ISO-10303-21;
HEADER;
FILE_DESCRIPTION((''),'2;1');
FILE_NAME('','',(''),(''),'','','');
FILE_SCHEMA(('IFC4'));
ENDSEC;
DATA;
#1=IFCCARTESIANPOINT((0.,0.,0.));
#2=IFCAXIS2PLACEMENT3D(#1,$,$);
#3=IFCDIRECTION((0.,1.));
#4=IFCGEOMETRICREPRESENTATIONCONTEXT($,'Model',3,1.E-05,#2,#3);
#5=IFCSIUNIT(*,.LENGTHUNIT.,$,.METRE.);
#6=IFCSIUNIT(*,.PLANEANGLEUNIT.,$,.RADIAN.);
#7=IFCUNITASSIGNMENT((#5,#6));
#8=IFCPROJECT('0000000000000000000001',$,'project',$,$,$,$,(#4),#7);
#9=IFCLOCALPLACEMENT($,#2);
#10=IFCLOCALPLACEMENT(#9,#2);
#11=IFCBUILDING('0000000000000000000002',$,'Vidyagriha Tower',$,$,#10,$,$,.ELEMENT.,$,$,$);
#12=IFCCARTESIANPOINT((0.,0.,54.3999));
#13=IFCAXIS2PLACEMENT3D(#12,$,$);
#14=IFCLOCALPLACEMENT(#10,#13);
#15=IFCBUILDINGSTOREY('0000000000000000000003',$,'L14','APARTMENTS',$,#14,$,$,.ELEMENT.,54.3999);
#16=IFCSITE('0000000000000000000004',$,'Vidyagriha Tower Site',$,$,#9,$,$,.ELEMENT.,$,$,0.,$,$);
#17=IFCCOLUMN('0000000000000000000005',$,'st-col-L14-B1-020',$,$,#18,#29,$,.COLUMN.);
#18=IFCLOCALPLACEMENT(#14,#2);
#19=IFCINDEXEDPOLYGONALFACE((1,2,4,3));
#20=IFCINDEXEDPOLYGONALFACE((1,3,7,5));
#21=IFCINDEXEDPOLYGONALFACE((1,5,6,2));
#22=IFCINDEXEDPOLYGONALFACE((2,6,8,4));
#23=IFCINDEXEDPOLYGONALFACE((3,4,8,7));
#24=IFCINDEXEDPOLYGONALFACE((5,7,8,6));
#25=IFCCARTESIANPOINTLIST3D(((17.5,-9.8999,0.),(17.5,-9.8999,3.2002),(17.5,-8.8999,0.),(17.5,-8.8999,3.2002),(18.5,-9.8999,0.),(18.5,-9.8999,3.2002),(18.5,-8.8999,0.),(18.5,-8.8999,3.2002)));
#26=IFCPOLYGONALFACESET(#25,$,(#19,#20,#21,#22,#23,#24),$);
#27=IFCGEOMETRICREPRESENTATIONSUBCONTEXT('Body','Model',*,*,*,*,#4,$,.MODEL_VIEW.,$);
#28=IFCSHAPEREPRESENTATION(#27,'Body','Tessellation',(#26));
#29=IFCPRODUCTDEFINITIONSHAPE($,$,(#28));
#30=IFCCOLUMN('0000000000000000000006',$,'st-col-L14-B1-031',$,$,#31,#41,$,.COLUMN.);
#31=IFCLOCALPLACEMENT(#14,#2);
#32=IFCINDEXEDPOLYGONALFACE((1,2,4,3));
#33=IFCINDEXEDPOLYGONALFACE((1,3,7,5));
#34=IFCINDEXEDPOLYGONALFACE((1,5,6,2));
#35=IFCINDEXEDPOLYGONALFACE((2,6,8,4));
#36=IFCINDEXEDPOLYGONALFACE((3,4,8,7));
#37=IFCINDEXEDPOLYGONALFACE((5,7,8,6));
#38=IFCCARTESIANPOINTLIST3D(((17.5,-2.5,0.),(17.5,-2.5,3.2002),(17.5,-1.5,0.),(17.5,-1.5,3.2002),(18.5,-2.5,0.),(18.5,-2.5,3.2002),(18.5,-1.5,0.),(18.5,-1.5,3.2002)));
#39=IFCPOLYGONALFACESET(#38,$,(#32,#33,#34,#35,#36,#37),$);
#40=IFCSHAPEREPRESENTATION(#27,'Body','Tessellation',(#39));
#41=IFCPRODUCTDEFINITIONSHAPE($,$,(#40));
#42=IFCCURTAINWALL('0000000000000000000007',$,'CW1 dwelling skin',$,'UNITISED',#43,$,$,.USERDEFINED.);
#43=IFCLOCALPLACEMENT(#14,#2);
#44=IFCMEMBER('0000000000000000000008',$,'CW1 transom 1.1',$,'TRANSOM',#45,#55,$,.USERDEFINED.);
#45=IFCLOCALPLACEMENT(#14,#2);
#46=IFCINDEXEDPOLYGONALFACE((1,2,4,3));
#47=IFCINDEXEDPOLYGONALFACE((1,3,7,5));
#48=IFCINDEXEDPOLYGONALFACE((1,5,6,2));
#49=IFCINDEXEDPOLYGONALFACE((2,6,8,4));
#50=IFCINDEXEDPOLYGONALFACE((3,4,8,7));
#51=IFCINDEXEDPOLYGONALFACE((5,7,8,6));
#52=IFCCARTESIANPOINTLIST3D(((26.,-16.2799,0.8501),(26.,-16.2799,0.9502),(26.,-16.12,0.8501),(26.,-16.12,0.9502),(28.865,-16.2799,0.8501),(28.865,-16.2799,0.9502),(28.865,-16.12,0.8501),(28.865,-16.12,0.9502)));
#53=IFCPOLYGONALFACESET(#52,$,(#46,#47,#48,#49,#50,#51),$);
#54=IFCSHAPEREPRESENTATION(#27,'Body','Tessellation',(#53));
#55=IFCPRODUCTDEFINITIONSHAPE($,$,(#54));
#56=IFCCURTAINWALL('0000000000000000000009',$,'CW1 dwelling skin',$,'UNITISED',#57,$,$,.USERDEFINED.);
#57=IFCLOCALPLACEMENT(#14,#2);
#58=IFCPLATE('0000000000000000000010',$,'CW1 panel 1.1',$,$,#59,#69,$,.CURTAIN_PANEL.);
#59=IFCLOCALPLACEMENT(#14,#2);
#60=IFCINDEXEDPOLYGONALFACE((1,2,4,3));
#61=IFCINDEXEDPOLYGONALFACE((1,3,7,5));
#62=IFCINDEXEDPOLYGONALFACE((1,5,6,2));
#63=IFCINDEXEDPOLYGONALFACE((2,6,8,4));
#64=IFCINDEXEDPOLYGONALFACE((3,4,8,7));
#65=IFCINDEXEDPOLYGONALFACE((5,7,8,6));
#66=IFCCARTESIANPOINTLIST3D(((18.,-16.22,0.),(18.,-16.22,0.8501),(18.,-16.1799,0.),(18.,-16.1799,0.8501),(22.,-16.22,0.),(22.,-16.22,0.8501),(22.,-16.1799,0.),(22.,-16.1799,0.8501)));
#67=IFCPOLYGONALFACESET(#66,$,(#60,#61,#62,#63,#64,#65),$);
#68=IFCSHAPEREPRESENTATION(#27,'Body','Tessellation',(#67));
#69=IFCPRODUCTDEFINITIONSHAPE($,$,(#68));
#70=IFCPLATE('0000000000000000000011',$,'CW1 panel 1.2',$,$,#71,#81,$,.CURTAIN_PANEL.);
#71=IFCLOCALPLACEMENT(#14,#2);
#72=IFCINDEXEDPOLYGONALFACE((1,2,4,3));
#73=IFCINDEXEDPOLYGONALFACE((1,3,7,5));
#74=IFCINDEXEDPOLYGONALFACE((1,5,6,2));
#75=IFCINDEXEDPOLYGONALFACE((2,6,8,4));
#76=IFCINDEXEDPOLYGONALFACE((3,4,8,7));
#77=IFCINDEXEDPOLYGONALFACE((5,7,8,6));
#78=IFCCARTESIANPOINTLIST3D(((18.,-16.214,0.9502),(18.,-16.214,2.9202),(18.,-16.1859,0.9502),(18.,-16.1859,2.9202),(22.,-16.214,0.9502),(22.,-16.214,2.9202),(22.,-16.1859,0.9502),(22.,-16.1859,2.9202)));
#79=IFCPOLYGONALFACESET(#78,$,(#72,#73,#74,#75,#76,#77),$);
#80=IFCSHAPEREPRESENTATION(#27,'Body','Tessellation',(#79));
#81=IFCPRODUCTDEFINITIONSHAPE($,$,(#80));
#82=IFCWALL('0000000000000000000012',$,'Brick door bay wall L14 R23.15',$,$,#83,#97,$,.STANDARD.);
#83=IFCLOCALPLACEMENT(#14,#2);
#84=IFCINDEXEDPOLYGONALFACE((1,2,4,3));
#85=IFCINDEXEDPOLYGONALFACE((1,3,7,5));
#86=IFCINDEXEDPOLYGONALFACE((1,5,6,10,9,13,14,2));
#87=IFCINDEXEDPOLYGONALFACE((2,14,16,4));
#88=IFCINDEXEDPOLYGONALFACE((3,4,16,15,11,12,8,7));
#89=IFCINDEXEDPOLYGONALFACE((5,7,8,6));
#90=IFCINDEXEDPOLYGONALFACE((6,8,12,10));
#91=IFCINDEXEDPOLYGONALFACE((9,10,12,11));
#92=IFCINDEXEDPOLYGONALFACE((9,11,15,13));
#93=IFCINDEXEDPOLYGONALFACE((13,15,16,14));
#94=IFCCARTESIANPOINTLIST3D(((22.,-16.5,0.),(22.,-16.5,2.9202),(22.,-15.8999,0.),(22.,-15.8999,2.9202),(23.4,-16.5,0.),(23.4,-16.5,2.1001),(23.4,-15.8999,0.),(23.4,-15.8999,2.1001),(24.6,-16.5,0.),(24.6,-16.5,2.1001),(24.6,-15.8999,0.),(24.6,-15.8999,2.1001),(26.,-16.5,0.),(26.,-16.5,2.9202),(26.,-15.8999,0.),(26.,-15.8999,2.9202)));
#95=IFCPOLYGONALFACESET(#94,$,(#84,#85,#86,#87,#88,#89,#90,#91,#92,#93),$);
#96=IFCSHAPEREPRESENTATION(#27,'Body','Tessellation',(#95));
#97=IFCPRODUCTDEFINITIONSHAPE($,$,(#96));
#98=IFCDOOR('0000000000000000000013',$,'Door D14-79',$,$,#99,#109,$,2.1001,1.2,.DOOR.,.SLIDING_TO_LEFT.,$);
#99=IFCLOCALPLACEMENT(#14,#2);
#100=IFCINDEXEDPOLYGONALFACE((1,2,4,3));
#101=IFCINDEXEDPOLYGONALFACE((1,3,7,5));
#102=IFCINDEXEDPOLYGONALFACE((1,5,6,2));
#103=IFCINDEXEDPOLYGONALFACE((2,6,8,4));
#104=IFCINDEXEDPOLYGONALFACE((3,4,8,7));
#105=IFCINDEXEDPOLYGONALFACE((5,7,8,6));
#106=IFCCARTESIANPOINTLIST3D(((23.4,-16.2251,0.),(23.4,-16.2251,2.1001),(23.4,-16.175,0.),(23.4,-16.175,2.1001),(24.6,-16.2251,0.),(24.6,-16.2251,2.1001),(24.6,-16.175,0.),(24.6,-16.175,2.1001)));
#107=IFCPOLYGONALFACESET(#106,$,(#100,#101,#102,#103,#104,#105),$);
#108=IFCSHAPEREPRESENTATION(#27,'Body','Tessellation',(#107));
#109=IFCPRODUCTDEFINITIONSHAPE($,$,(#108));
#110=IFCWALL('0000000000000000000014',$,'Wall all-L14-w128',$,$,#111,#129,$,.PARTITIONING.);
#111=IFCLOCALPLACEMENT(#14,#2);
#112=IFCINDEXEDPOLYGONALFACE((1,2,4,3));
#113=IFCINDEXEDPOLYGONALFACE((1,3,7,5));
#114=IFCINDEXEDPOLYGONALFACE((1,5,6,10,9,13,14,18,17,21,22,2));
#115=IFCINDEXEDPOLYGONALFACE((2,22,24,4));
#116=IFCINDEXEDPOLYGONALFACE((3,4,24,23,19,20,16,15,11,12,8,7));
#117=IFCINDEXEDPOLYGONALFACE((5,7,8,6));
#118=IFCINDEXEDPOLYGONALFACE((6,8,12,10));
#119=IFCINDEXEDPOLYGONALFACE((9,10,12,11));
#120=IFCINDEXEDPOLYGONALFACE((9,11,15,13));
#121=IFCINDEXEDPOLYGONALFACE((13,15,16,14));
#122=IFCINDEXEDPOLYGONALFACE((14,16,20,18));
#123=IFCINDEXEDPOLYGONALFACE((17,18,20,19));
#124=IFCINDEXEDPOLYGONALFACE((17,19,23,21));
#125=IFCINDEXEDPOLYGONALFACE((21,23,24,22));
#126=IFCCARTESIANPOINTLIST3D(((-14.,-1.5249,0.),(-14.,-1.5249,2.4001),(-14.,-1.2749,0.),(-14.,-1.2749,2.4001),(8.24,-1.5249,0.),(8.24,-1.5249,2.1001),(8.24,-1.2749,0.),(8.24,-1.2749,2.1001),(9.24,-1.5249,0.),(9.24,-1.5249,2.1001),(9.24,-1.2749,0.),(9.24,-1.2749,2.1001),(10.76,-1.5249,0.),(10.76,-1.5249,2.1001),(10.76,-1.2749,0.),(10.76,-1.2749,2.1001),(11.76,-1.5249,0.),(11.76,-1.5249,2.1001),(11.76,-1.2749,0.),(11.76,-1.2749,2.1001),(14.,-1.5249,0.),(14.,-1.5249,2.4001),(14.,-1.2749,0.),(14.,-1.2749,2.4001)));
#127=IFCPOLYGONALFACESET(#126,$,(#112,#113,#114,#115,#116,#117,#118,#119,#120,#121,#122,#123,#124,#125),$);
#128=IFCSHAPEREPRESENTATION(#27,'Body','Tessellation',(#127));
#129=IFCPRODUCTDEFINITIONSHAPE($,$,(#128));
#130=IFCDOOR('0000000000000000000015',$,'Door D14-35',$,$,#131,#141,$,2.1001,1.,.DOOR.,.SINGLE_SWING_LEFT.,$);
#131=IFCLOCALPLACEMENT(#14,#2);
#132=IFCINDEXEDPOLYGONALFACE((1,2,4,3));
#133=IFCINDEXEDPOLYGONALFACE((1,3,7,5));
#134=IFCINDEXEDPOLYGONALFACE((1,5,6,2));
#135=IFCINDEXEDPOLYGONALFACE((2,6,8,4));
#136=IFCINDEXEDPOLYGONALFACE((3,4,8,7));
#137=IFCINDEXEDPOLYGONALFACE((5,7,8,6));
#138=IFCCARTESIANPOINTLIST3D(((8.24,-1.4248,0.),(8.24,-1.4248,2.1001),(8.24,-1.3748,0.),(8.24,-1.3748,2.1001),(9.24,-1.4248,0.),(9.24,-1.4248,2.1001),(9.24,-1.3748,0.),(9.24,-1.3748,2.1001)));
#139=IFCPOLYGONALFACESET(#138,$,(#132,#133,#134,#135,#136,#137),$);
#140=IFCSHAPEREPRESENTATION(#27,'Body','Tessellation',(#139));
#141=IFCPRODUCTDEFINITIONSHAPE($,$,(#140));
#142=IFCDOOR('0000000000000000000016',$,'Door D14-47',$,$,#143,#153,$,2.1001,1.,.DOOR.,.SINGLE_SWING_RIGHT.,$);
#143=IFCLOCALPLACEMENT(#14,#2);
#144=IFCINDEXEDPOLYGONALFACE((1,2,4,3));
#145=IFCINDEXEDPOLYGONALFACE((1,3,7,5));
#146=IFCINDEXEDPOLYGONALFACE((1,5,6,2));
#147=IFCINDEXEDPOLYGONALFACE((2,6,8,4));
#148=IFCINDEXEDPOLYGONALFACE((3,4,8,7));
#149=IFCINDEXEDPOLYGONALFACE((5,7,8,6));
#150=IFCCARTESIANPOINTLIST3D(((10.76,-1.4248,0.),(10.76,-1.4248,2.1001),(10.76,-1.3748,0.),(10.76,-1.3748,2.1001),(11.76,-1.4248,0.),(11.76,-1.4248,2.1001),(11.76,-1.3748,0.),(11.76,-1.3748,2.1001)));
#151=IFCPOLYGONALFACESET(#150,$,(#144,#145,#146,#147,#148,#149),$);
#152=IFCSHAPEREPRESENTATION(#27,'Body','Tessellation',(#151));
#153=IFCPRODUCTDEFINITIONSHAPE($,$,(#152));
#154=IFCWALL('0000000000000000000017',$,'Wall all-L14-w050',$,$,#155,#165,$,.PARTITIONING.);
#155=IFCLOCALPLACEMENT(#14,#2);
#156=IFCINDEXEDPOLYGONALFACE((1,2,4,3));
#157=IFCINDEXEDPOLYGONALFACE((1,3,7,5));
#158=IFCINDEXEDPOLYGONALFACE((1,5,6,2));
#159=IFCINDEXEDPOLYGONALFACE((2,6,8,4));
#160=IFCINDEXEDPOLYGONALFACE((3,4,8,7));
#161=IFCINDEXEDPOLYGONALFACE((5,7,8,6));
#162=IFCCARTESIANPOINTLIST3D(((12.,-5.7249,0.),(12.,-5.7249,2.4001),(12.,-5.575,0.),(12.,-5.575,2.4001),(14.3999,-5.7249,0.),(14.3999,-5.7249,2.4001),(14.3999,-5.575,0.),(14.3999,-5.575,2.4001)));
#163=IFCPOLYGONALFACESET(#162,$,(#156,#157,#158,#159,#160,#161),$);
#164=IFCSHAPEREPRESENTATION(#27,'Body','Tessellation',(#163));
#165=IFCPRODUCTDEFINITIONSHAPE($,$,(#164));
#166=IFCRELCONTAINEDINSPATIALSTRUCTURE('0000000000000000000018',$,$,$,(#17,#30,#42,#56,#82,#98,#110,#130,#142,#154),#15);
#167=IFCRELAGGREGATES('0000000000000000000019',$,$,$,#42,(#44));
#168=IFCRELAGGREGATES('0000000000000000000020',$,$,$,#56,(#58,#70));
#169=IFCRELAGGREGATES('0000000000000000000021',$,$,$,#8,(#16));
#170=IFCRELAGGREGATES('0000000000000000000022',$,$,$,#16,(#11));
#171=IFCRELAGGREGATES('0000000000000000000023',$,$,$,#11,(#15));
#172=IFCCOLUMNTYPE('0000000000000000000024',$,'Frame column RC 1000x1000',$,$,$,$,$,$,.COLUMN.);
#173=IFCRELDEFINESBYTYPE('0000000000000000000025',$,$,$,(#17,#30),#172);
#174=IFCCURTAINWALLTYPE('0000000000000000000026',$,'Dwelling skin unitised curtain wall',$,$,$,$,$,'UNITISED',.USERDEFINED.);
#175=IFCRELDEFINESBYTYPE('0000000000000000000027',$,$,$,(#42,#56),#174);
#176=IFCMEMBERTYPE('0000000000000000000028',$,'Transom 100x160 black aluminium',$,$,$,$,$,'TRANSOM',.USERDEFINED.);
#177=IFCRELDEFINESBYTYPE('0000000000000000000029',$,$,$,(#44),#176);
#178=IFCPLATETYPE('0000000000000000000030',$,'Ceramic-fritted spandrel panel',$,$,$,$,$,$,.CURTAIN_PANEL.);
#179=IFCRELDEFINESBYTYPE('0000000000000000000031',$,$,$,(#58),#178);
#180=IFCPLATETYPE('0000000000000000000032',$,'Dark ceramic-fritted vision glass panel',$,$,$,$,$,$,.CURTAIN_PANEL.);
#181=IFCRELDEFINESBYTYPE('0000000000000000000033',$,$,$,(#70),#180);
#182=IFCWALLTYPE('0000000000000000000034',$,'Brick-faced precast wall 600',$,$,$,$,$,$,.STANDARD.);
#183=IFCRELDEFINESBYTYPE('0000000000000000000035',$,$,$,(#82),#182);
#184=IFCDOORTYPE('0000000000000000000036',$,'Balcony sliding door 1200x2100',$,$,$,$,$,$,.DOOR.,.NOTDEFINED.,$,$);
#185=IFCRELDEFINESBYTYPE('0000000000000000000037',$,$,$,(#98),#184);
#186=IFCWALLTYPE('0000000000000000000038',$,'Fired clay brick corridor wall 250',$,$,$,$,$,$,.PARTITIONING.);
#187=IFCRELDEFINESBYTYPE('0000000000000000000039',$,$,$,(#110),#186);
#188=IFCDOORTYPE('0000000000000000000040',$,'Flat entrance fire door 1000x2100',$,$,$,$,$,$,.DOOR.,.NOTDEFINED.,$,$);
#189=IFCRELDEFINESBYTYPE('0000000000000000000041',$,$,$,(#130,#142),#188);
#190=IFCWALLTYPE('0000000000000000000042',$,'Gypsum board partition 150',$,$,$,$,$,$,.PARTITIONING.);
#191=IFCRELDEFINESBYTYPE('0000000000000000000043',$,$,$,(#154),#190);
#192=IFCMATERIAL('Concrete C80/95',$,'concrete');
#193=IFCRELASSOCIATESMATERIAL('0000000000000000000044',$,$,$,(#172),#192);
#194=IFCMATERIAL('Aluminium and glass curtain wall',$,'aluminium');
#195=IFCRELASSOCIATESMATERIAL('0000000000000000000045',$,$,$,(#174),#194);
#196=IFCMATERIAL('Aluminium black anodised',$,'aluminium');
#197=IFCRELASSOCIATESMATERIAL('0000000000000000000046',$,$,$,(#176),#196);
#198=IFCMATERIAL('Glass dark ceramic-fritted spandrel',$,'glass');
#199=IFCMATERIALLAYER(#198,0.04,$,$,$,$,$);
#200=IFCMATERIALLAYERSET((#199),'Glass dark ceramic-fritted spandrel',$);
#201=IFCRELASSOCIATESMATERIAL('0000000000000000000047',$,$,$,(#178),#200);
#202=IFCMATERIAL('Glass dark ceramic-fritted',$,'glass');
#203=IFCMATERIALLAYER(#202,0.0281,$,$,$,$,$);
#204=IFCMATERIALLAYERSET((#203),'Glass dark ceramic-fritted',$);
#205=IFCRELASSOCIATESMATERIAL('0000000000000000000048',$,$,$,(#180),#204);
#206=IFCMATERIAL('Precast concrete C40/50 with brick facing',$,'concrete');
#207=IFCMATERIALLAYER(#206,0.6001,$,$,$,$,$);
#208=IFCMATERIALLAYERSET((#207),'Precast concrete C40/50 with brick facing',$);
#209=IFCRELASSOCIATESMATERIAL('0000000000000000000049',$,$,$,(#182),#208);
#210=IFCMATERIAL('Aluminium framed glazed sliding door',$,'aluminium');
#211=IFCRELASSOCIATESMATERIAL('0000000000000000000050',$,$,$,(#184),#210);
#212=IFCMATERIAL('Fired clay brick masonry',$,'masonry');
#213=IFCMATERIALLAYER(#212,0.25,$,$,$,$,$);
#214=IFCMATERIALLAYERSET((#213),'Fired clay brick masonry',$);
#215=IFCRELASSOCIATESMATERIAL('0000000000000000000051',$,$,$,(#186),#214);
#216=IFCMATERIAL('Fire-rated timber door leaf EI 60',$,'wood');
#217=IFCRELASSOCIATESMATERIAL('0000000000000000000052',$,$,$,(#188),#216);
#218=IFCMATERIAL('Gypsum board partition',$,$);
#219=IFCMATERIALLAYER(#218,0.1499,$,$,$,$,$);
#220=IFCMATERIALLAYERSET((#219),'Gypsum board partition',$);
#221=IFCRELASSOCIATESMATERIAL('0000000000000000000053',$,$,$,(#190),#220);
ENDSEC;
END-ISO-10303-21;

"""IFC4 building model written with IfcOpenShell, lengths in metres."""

from ifc_helpers import new_model, si_unit, direction, frame, frame_2d, origin, origin_2d, place, context, subcontext, project, spatial, rectangle, extrude, material, layer, layer_set, material_profile, profile_set, type_object, element, fill, aggregate, save


model = new_model("IFC4")

# Units and contexts
model_context = context("Model", 3, precision=1e-05, world=origin(), true_north=direction((0.0, 1.0)))
body_context = subcontext(model_context, "Body", "Model", "MODEL_VIEW")
ifc_project = project(units=[si_unit("LENGTHUNIT", "METRE"), si_unit("PLANEANGLEUNIT", "RADIAN")], contexts=[model_context])

# Site, building, storey
site_placement = place(None, origin())
site = spatial("IfcSite", under=ifc_project, at=site_placement, Name="Vidyagriha Tower Site", CompositionType="ELEMENT", RefElevation=0.0)
building_placement = place(site_placement, origin())
building = spatial("IfcBuilding", under=site, at=building_placement, Name="Vidyagriha Tower", CompositionType="ELEMENT")
storey_placement = place(building_placement, frame((0.0, 0.0, 54.3999)))
storey = spatial("IfcBuildingStorey", under=building, at=storey_placement, Name="L14", Description="APARTMENTS", CompositionType="ELEMENT", Elevation=54.3999)

# Columns
ifc_material_1 = material(Name="Concrete C80/95", Category="concrete")
ifc_material_profile_1 = material_profile(ifc_material_1, rectangle(XDim=1.0, YDim=1.0, at=origin_2d()), Name="RC 1000x1000")
ifc_profile_set_1 = profile_set([ifc_material_profile_1], Name="Concrete C80/95")
column_type = type_object("IfcColumnType", Name="Frame column RC 1000x1000", PredefinedType="COLUMN", material=ifc_profile_set_1)
for number, where, name in (
    (1, (18.0, -9.3999, 0.0), "st-col-L14-B1-020"),
    (2, (18.0, -2.0, 0.0), "st-col-L14-B1-031"),
):
    element("IfcColumn", number, at=place(storey_placement, frame(where)), inside=storey, type_object=column_type, Name=name, PredefinedType="COLUMN", context=body_context, shape_type="SweptSolid", body=[
        extrude(rectangle(XDim=1.0, YDim=1.0, at=origin_2d()), origin(), (0.0, 0.0, 1.0), 3.2002),
    ])

# Curtain wall, member
ifc_material_2 = material(Name="Aluminium and glass curtain wall", Category="aluminium")
curtain_wall_type = type_object("IfcCurtainWallType", Name="Dwelling skin unitised curtain wall", ElementType="UNITISED", PredefinedType="USERDEFINED", material=ifc_material_2)
curtain_wall_1_placement = place(storey_placement, origin())
curtain_wall_1 = element("IfcCurtainWall", 3, at=curtain_wall_1_placement, inside=storey, type_object=curtain_wall_type, Name="CW1 dwelling skin", ObjectType="UNITISED", PredefinedType="USERDEFINED")
ifc_material_3 = material(Name="Aluminium black anodised", Category="aluminium")
ifc_material_profile_2 = material_profile(ifc_material_3, rectangle(XDim=0.1599, YDim=0.1001, at=origin_2d()), Name="Transom 100x160 black aluminium")
ifc_profile_set_2 = profile_set([ifc_material_profile_2], Name="Aluminium black anodised")
member_type = type_object("IfcMemberType", Name="Transom 100x160 black aluminium", ElementType="TRANSOM", PredefinedType="USERDEFINED", material=ifc_profile_set_2)
member_placement = place(storey_placement, frame((26.0, -16.2, 0.9001), z_axis=(1.0, 0.0, 0.0), x_axis=(0.0, 1.0, 0.0)))
member = element("IfcMember", 4, at=member_placement, type_object=member_type, Name="CW1 transom 1.1", ObjectType="TRANSOM", PredefinedType="USERDEFINED", context=body_context, shape_type="SweptSolid", body=[
    extrude(rectangle(XDim=0.1599, YDim=0.1001, at=origin_2d()), origin(), (0.0, 0.0, 1.0), 2.865),
])
aggregate(curtain_wall_1, [member])

# Curtain wall, plates
curtain_wall_2_placement = place(storey_placement, origin())
curtain_wall_2 = element("IfcCurtainWall", 5, at=curtain_wall_2_placement, inside=storey, type_object=curtain_wall_type, Name="CW1 dwelling skin", ObjectType="UNITISED", PredefinedType="USERDEFINED")
ifc_material_4 = material(Name="Glass dark ceramic-fritted spandrel", Category="glass")
ifc_layer_1 = layer(ifc_material_4, 0.04)
ifc_layer_set_1 = layer_set([ifc_layer_1], Name="Glass dark ceramic-fritted spandrel")
plate_type_1 = type_object("IfcPlateType", Name="Ceramic-fritted spandrel panel", PredefinedType="CURTAIN_PANEL", material=ifc_layer_set_1)
plate_1_placement = place(storey_placement, frame((20.0, -16.2, 0.0)))
plate_1 = element("IfcPlate", 6, at=plate_1_placement, type_object=plate_type_1, Name="CW1 panel 1.1", PredefinedType="CURTAIN_PANEL", context=body_context, shape_type="SweptSolid", body=[
    extrude(rectangle(XDim=4.0, YDim=0.04, at=origin_2d()), origin(), (0.0, 0.0, 1.0), 0.8501),
])
ifc_material_5 = material(Name="Glass dark ceramic-fritted", Category="glass")
ifc_layer_2 = layer(ifc_material_5, 0.0281)
ifc_layer_set_2 = layer_set([ifc_layer_2], Name="Glass dark ceramic-fritted")
plate_type_2 = type_object("IfcPlateType", Name="Dark ceramic-fritted vision glass panel", PredefinedType="CURTAIN_PANEL", material=ifc_layer_set_2)
plate_2_placement = place(storey_placement, frame((20.0, -16.2, 0.9502)))
plate_2 = element("IfcPlate", 7, at=plate_2_placement, type_object=plate_type_2, Name="CW1 panel 1.2", PredefinedType="CURTAIN_PANEL", context=body_context, shape_type="SweptSolid", body=[
    extrude(rectangle(XDim=4.0, YDim=0.0281, at=origin_2d()), origin(), (0.0, 0.0, 1.0), 1.97),
])
aggregate(curtain_wall_2, [plate_1, plate_2])

# Wall, opening, door
ifc_material_6 = material(Name="Precast concrete C40/50 with brick facing", Category="concrete")
ifc_layer_3 = layer(ifc_material_6, 0.6001)
ifc_layer_set_3 = layer_set([ifc_layer_3], Name="Precast concrete C40/50 with brick facing")
wall_type_1 = type_object("IfcWallType", Name="Brick-faced precast wall 600", PredefinedType="STANDARD", material=ifc_layer_set_3)
wall_1_placement = place(storey_placement, frame((22.0, -16.2, 0.0)))
wall_1 = element("IfcWall", 8, at=wall_1_placement, inside=storey, type_object=wall_type_1, Name="Brick door bay wall L14 R23.15", PredefinedType="STANDARD", context=body_context, shape_type="SweptSolid", body=[
    extrude(rectangle(XDim=4.0, YDim=0.6001, at=frame_2d((2.0, 0.0))), origin(), (0.0, 0.0, 1.0), 2.9202),
])
opening_1_placement = place(wall_1_placement, frame((1.3999, 0.0, 0.0)))
opening_1 = element("IfcOpeningElement", 9, at=opening_1_placement, cuts=wall_1, PredefinedType="OPENING", context=body_context, shape_type="SweptSolid", body=[
    extrude(rectangle(XDim=1.2, YDim=2.1001, at=frame_2d((0.6001, 1.05))), frame((0.0, 0.3101, 0.0), z_axis=(0.0, -1.0, 0.0), x_axis=(1.0, 0.0, 0.0)), (0.0, 0.0, 1.0), 0.6201),
])
ifc_material_7 = material(Name="Aluminium framed glazed sliding door", Category="aluminium")
door_type_1 = type_object("IfcDoorType", Name="Balcony sliding door 1200x2100", OperationType="NOTDEFINED", PredefinedType="DOOR", material=ifc_material_7)
door_1_placement = place(opening_1_placement, origin())
door_1 = element("IfcDoor", 10, at=door_1_placement, inside=storey, type_object=door_type_1, Name="Door D14-79", OperationType="SLIDING_TO_LEFT", OverallHeight=2.1001, OverallWidth=1.2, PredefinedType="DOOR", context=body_context, shape_type="SweptSolid", body=[
    extrude(rectangle(XDim=1.2, YDim=2.1001, at=frame_2d((0.6001, 1.05))), frame((0.0, 0.0249, 0.0), z_axis=(0.0, -1.0, 0.0), x_axis=(1.0, 0.0, 0.0)), (0.0, 0.0, 1.0), 0.05),
])
fill(opening_1, door_1)

# Wall, openings, doors
ifc_material_8 = material(Name="Fired clay brick masonry", Category="masonry")
ifc_layer_4 = layer(ifc_material_8, 0.25)
ifc_layer_set_4 = layer_set([ifc_layer_4], Name="Fired clay brick masonry")
wall_type_2 = type_object("IfcWallType", Name="Fired clay brick corridor wall 250", PredefinedType="PARTITIONING", material=ifc_layer_set_4)
wall_2_placement = place(storey_placement, frame((14.0, -1.3999, 0.0), z_axis=(0.0, 0.0, 1.0), x_axis=(-1.0, 0.0, 0.0)))
wall_2 = element("IfcWall", 11, at=wall_2_placement, inside=storey, type_object=wall_type_2, Name="Wall all-L14-w128", PredefinedType="PARTITIONING", context=body_context, shape_type="SweptSolid", body=[
    extrude(rectangle(XDim=28.0, YDim=0.25, at=frame_2d((14.0, 0.0))), origin(), (0.0, 0.0, 1.0), 2.4001),
])
opening_2_placement = place(wall_2_placement, frame((4.76, 0.0, 0.0)))
opening_2 = element("IfcOpeningElement", 12, at=opening_2_placement, cuts=wall_2, PredefinedType="OPENING", context=body_context, shape_type="SweptSolid", body=[
    extrude(rectangle(XDim=1.0, YDim=2.1001, at=frame_2d((0.5, 1.05))), frame((0.0, 0.135, 0.0), z_axis=(0.0, -1.0, 0.0), x_axis=(1.0, 0.0, 0.0)), (0.0, 0.0, 1.0), 0.27),
])
opening_3_placement = place(wall_2_placement, frame((2.24, 0.0, 0.0)))
opening_3 = element("IfcOpeningElement", 13, at=opening_3_placement, cuts=wall_2, PredefinedType="OPENING", context=body_context, shape_type="SweptSolid", body=[
    extrude(rectangle(XDim=1.0, YDim=2.1001, at=frame_2d((0.5, 1.05))), frame((0.0, 0.135, 0.0), z_axis=(0.0, -1.0, 0.0), x_axis=(1.0, 0.0, 0.0)), (0.0, 0.0, 1.0), 0.27),
])
ifc_material_9 = material(Name="Fire-rated timber door leaf EI 60", Category="wood")
door_type_2 = type_object("IfcDoorType", Name="Flat entrance fire door 1000x2100", OperationType="NOTDEFINED", PredefinedType="DOOR", material=ifc_material_9)
door_2_placement = place(opening_2_placement, origin())
door_2 = element("IfcDoor", 14, at=door_2_placement, inside=storey, type_object=door_type_2, Name="Door D14-35", OperationType="SINGLE_SWING_LEFT", OverallHeight=2.1001, OverallWidth=1.0, PredefinedType="DOOR", context=body_context, shape_type="SweptSolid", body=[
    extrude(rectangle(XDim=1.0, YDim=2.1001, at=frame_2d((0.5, 1.05))), frame((0.0, 0.0249, 0.0), z_axis=(0.0, -1.0, 0.0), x_axis=(1.0, 0.0, 0.0)), (0.0, 0.0, 1.0), 0.05),
])
fill(opening_2, door_2)
door_3_placement = place(opening_3_placement, origin())
door_3 = element("IfcDoor", 15, at=door_3_placement, inside=storey, type_object=door_type_2, Name="Door D14-47", OperationType="SINGLE_SWING_RIGHT", OverallHeight=2.1001, OverallWidth=1.0, PredefinedType="DOOR", context=body_context, shape_type="SweptSolid", body=[
    extrude(rectangle(XDim=1.0, YDim=2.1001, at=frame_2d((0.5, 1.05))), frame((0.0, 0.0249, 0.0), z_axis=(0.0, -1.0, 0.0), x_axis=(1.0, 0.0, 0.0)), (0.0, 0.0, 1.0), 0.05),
])
fill(opening_3, door_3)

# Wall
ifc_material_10 = material(Name="Gypsum board partition")
ifc_layer_5 = layer(ifc_material_10, 0.1499)
ifc_layer_set_5 = layer_set([ifc_layer_5], Name="Gypsum board partition")
wall_type_3 = type_object("IfcWallType", Name="Gypsum board partition 150", PredefinedType="PARTITIONING", material=ifc_layer_set_5)
wall_3_placement = place(storey_placement, frame((14.3999, -5.6499, 0.0), z_axis=(0.0, 0.0, 1.0), x_axis=(-1.0, 0.0, 0.0)))
element("IfcWall", 16, at=wall_3_placement, inside=storey, type_object=wall_type_3, Name="Wall all-L14-w050", PredefinedType="PARTITIONING", context=body_context, shape_type="SweptSolid", body=[
    extrude(rectangle(XDim=2.3999, YDim=0.1499, at=frame_2d((1.2, 0.0))), origin(), (0.0, 0.0, 1.0), 2.4001),
])

save(model, "model.ifc")
